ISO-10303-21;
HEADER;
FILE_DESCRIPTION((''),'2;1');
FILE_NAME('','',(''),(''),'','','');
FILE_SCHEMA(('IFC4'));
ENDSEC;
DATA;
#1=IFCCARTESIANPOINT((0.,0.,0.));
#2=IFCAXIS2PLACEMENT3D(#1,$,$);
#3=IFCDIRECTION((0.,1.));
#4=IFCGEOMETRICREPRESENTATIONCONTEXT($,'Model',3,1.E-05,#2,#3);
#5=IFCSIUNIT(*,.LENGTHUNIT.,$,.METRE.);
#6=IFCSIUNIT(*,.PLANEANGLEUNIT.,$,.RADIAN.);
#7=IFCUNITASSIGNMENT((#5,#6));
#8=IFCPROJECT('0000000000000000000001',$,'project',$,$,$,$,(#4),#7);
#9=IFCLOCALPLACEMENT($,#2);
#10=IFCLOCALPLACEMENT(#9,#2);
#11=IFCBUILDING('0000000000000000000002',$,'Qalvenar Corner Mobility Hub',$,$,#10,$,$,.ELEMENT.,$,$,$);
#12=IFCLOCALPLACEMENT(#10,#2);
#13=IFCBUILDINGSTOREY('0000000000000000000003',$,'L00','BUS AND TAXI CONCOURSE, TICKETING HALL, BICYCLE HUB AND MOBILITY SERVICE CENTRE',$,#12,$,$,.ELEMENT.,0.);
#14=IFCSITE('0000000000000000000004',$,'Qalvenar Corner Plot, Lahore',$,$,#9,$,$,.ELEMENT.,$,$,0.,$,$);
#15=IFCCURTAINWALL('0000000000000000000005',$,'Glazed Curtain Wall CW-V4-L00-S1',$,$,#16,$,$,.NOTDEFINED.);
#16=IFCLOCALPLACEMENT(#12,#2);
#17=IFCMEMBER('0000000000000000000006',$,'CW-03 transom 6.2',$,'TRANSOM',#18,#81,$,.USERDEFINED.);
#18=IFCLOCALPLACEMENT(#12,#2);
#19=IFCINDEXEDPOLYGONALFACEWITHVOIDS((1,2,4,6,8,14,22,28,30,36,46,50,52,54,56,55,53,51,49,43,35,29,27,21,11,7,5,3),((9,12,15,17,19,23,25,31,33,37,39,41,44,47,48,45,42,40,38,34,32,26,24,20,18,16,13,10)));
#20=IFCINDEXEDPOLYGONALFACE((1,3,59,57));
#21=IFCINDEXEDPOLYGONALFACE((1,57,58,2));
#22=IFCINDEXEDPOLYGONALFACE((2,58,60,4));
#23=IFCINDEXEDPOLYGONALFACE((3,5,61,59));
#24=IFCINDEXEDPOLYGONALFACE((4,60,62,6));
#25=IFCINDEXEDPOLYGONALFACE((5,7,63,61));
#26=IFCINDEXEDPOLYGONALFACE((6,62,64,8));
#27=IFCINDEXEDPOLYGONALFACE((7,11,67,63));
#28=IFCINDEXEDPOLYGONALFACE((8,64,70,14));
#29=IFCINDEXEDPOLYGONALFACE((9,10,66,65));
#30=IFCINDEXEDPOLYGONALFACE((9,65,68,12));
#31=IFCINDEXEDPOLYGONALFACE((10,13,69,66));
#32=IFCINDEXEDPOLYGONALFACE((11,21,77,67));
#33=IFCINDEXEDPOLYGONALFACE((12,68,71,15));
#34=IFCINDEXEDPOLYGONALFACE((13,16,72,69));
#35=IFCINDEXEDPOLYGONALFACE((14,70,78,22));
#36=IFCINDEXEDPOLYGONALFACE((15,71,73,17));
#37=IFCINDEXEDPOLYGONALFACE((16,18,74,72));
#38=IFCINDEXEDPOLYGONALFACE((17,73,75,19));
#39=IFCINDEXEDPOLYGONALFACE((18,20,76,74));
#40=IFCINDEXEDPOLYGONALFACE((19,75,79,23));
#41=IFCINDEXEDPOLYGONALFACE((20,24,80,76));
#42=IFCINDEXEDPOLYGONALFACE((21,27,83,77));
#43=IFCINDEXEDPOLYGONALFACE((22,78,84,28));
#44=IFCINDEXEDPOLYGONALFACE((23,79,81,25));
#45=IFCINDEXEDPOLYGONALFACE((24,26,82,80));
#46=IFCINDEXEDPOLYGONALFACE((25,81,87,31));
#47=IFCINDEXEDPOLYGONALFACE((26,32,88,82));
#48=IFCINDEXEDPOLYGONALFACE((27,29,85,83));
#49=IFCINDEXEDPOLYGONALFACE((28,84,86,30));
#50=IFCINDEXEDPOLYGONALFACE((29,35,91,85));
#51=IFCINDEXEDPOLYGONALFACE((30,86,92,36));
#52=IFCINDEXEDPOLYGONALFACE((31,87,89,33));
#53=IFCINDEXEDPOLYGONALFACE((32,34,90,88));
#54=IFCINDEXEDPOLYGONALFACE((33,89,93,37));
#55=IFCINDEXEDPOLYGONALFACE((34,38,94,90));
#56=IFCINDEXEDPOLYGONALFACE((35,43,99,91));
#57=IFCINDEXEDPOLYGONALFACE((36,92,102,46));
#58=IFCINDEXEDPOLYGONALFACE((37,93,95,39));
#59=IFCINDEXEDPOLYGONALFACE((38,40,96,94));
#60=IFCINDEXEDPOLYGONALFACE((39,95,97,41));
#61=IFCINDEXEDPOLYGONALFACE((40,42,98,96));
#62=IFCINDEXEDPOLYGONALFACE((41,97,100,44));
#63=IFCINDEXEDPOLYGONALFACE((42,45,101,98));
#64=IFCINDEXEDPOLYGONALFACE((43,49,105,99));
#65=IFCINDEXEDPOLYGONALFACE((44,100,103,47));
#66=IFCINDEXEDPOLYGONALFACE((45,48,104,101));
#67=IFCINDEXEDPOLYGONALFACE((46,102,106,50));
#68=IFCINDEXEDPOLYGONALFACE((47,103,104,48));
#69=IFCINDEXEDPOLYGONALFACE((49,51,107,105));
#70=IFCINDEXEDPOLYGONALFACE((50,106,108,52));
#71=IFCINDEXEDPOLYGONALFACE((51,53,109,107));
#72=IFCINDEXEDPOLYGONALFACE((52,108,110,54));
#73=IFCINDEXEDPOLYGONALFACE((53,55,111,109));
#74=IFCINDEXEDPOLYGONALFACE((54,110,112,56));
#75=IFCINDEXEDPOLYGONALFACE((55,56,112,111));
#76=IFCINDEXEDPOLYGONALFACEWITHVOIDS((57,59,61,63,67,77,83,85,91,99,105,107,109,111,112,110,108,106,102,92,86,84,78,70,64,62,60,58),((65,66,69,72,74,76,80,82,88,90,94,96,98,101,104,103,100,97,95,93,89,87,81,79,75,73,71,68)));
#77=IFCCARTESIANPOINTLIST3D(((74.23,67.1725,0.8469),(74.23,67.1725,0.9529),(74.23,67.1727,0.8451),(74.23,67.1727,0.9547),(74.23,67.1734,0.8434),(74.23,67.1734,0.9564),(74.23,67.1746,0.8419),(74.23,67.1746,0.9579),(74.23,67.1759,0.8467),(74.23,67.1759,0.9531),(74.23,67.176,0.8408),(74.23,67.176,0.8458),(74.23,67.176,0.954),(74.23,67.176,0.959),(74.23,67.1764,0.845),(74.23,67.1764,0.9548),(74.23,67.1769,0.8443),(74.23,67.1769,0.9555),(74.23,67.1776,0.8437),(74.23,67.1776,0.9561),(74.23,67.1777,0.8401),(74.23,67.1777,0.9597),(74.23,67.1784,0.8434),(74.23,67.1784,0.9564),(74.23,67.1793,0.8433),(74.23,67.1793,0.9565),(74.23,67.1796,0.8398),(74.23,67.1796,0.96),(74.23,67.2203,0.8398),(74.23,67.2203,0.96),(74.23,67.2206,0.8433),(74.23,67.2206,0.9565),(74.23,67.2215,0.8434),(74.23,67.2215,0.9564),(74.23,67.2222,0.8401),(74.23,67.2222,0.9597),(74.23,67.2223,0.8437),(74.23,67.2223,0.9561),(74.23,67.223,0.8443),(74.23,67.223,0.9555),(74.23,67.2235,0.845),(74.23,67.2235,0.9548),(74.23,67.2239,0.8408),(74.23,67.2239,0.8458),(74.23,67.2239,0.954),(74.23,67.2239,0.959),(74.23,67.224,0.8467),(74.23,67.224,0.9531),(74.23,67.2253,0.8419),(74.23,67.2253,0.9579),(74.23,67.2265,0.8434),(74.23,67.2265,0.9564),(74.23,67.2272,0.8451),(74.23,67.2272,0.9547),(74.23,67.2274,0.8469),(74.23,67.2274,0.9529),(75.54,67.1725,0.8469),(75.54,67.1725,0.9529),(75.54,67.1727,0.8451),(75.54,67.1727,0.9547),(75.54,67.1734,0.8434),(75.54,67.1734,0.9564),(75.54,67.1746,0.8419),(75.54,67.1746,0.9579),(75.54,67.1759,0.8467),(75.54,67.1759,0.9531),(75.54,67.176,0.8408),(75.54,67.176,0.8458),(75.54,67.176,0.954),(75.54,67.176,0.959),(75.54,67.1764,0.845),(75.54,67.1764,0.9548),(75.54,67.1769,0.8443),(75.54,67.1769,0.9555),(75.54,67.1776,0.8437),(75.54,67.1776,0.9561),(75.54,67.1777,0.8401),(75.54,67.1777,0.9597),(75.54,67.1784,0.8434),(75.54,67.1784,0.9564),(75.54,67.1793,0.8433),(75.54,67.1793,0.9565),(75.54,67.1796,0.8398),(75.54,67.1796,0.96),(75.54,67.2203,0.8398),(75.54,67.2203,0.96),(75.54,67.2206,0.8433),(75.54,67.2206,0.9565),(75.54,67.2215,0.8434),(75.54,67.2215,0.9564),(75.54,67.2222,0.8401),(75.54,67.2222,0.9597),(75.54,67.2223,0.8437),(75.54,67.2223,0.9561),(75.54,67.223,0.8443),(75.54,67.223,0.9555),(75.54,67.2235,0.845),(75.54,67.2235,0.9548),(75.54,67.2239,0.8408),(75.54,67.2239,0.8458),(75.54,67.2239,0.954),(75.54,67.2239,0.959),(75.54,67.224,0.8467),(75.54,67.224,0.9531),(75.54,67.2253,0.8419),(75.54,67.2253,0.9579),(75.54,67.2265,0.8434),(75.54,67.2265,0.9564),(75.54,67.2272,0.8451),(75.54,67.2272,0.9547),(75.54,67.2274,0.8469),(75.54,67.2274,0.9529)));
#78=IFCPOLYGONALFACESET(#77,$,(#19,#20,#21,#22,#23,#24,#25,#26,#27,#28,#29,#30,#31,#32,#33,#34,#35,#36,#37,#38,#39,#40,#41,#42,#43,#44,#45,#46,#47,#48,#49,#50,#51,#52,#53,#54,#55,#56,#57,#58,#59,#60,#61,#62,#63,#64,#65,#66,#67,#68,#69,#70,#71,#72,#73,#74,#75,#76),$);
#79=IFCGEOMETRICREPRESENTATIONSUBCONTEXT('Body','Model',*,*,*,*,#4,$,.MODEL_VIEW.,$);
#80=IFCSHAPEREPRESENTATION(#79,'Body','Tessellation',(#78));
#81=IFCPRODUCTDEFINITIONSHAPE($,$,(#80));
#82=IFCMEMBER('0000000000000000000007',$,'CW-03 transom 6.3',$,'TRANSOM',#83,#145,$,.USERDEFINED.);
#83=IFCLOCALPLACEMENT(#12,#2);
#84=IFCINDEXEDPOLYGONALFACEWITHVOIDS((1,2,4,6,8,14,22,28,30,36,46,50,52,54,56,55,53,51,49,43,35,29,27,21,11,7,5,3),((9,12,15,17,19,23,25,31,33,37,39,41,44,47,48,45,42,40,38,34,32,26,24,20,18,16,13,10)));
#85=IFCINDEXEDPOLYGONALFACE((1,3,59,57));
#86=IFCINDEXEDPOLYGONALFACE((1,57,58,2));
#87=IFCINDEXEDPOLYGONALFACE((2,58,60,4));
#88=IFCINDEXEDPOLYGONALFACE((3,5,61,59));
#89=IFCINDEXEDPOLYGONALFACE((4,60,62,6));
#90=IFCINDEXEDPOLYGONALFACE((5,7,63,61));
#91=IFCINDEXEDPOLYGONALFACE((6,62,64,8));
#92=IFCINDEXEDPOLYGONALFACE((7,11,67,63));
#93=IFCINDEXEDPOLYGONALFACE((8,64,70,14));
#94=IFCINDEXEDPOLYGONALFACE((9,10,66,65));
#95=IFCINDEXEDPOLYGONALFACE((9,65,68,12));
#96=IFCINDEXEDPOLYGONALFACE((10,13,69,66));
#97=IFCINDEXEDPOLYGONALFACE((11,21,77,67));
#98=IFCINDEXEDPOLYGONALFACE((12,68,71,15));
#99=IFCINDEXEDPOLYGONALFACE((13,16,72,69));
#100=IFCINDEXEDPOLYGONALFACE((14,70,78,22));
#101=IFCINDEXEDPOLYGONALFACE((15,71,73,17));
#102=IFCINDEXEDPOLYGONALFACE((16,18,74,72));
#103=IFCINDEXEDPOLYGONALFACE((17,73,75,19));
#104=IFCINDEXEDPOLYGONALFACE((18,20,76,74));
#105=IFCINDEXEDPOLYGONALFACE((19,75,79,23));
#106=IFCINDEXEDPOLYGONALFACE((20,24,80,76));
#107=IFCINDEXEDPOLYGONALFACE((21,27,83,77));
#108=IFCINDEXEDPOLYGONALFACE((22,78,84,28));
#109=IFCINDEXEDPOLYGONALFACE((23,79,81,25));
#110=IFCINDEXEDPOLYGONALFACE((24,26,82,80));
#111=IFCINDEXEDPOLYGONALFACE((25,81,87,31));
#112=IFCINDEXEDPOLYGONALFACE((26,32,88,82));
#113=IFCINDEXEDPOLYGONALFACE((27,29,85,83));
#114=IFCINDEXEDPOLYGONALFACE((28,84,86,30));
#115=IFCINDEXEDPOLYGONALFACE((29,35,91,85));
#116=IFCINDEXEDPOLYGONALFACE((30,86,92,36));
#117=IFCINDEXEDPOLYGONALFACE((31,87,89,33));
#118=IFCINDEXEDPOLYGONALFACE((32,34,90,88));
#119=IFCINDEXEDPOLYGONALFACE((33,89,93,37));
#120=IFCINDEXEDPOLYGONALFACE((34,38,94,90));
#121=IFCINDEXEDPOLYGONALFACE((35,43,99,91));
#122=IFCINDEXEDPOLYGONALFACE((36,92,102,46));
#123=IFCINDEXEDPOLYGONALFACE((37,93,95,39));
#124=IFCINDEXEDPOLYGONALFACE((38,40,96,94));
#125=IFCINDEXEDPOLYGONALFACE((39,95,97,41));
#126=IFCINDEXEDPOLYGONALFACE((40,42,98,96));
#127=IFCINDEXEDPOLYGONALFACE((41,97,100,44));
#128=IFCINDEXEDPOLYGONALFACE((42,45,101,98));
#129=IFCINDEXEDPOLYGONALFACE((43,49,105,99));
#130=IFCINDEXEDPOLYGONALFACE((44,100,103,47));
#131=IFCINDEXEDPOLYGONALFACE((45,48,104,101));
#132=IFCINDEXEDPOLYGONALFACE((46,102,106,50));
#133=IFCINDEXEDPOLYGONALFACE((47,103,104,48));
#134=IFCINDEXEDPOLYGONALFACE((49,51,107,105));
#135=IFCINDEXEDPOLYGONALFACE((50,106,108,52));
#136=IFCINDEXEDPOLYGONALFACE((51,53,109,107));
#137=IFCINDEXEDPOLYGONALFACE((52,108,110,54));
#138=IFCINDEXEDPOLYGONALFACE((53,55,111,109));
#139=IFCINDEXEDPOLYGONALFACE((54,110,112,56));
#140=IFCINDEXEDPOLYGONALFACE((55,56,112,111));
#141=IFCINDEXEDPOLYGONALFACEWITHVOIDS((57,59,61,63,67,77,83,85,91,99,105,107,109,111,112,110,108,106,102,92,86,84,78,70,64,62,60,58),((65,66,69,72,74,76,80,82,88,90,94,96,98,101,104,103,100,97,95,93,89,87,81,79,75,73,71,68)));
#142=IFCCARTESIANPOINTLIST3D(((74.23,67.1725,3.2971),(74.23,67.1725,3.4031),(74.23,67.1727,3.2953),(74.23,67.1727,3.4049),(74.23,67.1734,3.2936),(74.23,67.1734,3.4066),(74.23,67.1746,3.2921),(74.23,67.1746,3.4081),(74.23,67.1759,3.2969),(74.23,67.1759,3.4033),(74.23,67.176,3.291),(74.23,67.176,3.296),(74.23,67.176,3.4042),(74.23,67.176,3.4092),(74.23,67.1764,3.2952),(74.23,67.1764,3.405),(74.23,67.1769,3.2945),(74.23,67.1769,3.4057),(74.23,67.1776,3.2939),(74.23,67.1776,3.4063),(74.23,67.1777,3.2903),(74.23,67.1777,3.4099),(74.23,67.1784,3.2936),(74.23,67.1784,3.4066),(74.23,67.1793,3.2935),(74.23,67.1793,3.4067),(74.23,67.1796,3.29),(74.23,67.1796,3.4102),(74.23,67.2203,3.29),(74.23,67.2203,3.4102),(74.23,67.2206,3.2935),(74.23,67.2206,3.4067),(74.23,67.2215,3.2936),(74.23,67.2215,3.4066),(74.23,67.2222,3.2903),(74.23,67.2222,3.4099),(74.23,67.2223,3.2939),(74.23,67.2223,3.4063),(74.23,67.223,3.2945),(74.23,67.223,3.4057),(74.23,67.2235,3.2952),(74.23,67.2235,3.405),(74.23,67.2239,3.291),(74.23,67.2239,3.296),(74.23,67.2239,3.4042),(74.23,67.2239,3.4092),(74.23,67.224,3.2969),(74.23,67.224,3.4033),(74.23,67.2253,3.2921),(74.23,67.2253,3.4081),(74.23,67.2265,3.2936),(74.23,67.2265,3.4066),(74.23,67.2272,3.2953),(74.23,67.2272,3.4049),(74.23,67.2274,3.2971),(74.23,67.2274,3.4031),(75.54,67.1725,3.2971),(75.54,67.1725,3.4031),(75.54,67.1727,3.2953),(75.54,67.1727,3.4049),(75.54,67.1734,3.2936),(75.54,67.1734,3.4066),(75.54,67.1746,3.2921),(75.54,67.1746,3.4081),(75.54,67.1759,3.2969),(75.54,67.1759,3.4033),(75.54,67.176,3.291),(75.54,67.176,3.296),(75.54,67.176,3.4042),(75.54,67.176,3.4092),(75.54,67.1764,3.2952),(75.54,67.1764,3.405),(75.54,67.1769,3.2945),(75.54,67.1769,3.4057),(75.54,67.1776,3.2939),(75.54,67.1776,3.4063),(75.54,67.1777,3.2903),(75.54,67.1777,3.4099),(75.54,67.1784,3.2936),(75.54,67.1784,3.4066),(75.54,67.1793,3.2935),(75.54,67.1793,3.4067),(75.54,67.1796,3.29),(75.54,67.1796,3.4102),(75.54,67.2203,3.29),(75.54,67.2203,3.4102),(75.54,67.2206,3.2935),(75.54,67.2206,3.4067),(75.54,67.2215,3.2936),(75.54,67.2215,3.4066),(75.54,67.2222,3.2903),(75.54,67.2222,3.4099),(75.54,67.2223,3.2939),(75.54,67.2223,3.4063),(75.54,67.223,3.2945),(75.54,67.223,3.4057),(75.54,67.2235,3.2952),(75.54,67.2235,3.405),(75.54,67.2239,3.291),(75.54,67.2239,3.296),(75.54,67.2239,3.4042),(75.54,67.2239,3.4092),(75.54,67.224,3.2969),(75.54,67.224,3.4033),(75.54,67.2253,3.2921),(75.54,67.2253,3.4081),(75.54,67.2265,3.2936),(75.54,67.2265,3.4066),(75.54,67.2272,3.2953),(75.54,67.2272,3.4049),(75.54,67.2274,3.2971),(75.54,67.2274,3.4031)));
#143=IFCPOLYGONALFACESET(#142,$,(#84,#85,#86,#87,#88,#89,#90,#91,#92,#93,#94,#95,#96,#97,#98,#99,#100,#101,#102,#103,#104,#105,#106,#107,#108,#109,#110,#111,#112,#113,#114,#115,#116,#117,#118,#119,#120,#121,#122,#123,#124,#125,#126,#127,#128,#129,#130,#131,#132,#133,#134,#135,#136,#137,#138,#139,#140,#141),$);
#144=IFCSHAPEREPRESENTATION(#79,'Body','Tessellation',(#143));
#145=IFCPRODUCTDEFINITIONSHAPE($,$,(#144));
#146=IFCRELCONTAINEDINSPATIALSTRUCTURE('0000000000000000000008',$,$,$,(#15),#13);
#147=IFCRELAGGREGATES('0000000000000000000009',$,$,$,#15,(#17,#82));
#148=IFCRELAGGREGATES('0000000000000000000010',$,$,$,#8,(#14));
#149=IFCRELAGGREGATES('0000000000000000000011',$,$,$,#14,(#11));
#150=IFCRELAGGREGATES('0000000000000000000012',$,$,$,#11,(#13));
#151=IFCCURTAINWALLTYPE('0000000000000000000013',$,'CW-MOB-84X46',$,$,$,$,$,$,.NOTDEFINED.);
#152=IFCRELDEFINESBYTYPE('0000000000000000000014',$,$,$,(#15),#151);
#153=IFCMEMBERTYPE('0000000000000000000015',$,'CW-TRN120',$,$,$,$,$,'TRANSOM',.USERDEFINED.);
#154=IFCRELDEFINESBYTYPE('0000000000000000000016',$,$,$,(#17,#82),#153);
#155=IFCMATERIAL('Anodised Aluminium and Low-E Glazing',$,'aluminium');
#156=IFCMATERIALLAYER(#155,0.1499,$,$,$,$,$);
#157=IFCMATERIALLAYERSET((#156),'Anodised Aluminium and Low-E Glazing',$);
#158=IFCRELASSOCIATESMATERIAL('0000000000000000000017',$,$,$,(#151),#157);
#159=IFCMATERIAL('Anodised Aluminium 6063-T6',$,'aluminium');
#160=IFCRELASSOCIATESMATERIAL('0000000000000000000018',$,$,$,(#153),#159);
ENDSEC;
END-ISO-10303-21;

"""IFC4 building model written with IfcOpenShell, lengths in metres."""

from ifc_helpers import new_model, si_unit, direction, frame, origin, origin_2d, place, context, subcontext, project, spatial, hollow_rectangle, extrude, material, layer, layer_set, material_profile, profile_set, type_object, element, aggregate, save


model = new_model("IFC4")

# Units and contexts
model_context = context("Model", 3, precision=1e-05, world=origin(), true_north=direction((0.0, 1.0)))
body_context = subcontext(model_context, "Body", "Model", "MODEL_VIEW")
ifc_project = project(units=[si_unit("LENGTHUNIT", "METRE"), si_unit("PLANEANGLEUNIT", "RADIAN")], contexts=[model_context])

# Site, building, storey
site_placement = place(None, origin())
site = spatial("IfcSite", under=ifc_project, at=site_placement, Name="Qalvenar Corner Plot, Lahore", CompositionType="ELEMENT", RefElevation=0.0)
building_placement = place(site_placement, origin())
building = spatial("IfcBuilding", under=site, at=building_placement, Name="Qalvenar Corner Mobility Hub", CompositionType="ELEMENT")
storey_placement = place(building_placement, origin())
storey = spatial("IfcBuildingStorey", under=building, at=storey_placement, Name="L00", Description="BUS AND TAXI CONCOURSE, TICKETING HALL, BICYCLE HUB AND MOBILITY SERVICE CENTRE", CompositionType="ELEMENT", Elevation=0.0)

# Curtain wall
ifc_material_1 = material(Name="Anodised Aluminium and Low-E Glazing", Category="aluminium")
ifc_layer_1 = layer(ifc_material_1, 0.1499)
ifc_layer_set_1 = layer_set([ifc_layer_1], Name="Anodised Aluminium and Low-E Glazing")
curtain_wall_type = type_object("IfcCurtainWallType", Name="CW-MOB-84X46", PredefinedType="NOTDEFINED", material=ifc_layer_set_1)
curtain_wall_1_placement = place(storey_placement, origin())
curtain_wall_1 = element("IfcCurtainWall", 1, at=curtain_wall_1_placement, inside=storey, type_object=curtain_wall_type, Name="Glazed Curtain Wall CW-V4-L00-S1", PredefinedType="NOTDEFINED")
ifc_material_2 = material(Name="Anodised Aluminium 6063-T6", Category="aluminium")

# Members
ifc_material_profile_1 = material_profile(ifc_material_2, hollow_rectangle(XDim=0.0549, YDim=0.1201, WallThickness=0.0034, InnerFilletRadius=0.0034, OuterFilletRadius=0.0071, at=origin_2d()), Name="RHS120x55x3.5")
ifc_profile_set_1 = profile_set([ifc_material_profile_1], Name="Anodised Aluminium 6063-T6")
member_type_1 = type_object("IfcMemberType", Name="CW-TRN120", ElementType="TRANSOM", PredefinedType="USERDEFINED", material=ifc_profile_set_1)
member_1_placement = place(storey_placement, frame((74.23, 67.2, 0.8999), z_axis=(1.0, 0.0, 0.0), x_axis=(0.0, 1.0, 0.0)))
member_1 = element("IfcMember", 2, at=member_1_placement, type_object=member_type_1, Name="CW-03 transom 6.2", ObjectType="TRANSOM", PredefinedType="USERDEFINED", context=body_context, shape_type="SweptSolid", body=[
    extrude(hollow_rectangle(XDim=0.0549, YDim=0.1201, WallThickness=0.0034, InnerFilletRadius=0.0034, OuterFilletRadius=0.0071, at=origin_2d()), origin(), (0.0, 0.0, 1.0), 1.3101),
])
member_2_placement = place(storey_placement, frame((74.23, 67.2, 3.3501), z_axis=(1.0, 0.0, 0.0), x_axis=(0.0, 1.0, 0.0)))
member_2 = element("IfcMember", 3, at=member_2_placement, type_object=member_type_1, Name="CW-03 transom 6.3", ObjectType="TRANSOM", PredefinedType="USERDEFINED", context=body_context, shape_type="SweptSolid", body=[
    extrude(hollow_rectangle(XDim=0.0549, YDim=0.1201, WallThickness=0.0034, InnerFilletRadius=0.0034, OuterFilletRadius=0.0071, at=origin_2d()), origin(), (0.0, 0.0, 1.0), 1.3101),
])

aggregate(curtain_wall_1, [member_1, member_2])

save(model, "model.ifc")
